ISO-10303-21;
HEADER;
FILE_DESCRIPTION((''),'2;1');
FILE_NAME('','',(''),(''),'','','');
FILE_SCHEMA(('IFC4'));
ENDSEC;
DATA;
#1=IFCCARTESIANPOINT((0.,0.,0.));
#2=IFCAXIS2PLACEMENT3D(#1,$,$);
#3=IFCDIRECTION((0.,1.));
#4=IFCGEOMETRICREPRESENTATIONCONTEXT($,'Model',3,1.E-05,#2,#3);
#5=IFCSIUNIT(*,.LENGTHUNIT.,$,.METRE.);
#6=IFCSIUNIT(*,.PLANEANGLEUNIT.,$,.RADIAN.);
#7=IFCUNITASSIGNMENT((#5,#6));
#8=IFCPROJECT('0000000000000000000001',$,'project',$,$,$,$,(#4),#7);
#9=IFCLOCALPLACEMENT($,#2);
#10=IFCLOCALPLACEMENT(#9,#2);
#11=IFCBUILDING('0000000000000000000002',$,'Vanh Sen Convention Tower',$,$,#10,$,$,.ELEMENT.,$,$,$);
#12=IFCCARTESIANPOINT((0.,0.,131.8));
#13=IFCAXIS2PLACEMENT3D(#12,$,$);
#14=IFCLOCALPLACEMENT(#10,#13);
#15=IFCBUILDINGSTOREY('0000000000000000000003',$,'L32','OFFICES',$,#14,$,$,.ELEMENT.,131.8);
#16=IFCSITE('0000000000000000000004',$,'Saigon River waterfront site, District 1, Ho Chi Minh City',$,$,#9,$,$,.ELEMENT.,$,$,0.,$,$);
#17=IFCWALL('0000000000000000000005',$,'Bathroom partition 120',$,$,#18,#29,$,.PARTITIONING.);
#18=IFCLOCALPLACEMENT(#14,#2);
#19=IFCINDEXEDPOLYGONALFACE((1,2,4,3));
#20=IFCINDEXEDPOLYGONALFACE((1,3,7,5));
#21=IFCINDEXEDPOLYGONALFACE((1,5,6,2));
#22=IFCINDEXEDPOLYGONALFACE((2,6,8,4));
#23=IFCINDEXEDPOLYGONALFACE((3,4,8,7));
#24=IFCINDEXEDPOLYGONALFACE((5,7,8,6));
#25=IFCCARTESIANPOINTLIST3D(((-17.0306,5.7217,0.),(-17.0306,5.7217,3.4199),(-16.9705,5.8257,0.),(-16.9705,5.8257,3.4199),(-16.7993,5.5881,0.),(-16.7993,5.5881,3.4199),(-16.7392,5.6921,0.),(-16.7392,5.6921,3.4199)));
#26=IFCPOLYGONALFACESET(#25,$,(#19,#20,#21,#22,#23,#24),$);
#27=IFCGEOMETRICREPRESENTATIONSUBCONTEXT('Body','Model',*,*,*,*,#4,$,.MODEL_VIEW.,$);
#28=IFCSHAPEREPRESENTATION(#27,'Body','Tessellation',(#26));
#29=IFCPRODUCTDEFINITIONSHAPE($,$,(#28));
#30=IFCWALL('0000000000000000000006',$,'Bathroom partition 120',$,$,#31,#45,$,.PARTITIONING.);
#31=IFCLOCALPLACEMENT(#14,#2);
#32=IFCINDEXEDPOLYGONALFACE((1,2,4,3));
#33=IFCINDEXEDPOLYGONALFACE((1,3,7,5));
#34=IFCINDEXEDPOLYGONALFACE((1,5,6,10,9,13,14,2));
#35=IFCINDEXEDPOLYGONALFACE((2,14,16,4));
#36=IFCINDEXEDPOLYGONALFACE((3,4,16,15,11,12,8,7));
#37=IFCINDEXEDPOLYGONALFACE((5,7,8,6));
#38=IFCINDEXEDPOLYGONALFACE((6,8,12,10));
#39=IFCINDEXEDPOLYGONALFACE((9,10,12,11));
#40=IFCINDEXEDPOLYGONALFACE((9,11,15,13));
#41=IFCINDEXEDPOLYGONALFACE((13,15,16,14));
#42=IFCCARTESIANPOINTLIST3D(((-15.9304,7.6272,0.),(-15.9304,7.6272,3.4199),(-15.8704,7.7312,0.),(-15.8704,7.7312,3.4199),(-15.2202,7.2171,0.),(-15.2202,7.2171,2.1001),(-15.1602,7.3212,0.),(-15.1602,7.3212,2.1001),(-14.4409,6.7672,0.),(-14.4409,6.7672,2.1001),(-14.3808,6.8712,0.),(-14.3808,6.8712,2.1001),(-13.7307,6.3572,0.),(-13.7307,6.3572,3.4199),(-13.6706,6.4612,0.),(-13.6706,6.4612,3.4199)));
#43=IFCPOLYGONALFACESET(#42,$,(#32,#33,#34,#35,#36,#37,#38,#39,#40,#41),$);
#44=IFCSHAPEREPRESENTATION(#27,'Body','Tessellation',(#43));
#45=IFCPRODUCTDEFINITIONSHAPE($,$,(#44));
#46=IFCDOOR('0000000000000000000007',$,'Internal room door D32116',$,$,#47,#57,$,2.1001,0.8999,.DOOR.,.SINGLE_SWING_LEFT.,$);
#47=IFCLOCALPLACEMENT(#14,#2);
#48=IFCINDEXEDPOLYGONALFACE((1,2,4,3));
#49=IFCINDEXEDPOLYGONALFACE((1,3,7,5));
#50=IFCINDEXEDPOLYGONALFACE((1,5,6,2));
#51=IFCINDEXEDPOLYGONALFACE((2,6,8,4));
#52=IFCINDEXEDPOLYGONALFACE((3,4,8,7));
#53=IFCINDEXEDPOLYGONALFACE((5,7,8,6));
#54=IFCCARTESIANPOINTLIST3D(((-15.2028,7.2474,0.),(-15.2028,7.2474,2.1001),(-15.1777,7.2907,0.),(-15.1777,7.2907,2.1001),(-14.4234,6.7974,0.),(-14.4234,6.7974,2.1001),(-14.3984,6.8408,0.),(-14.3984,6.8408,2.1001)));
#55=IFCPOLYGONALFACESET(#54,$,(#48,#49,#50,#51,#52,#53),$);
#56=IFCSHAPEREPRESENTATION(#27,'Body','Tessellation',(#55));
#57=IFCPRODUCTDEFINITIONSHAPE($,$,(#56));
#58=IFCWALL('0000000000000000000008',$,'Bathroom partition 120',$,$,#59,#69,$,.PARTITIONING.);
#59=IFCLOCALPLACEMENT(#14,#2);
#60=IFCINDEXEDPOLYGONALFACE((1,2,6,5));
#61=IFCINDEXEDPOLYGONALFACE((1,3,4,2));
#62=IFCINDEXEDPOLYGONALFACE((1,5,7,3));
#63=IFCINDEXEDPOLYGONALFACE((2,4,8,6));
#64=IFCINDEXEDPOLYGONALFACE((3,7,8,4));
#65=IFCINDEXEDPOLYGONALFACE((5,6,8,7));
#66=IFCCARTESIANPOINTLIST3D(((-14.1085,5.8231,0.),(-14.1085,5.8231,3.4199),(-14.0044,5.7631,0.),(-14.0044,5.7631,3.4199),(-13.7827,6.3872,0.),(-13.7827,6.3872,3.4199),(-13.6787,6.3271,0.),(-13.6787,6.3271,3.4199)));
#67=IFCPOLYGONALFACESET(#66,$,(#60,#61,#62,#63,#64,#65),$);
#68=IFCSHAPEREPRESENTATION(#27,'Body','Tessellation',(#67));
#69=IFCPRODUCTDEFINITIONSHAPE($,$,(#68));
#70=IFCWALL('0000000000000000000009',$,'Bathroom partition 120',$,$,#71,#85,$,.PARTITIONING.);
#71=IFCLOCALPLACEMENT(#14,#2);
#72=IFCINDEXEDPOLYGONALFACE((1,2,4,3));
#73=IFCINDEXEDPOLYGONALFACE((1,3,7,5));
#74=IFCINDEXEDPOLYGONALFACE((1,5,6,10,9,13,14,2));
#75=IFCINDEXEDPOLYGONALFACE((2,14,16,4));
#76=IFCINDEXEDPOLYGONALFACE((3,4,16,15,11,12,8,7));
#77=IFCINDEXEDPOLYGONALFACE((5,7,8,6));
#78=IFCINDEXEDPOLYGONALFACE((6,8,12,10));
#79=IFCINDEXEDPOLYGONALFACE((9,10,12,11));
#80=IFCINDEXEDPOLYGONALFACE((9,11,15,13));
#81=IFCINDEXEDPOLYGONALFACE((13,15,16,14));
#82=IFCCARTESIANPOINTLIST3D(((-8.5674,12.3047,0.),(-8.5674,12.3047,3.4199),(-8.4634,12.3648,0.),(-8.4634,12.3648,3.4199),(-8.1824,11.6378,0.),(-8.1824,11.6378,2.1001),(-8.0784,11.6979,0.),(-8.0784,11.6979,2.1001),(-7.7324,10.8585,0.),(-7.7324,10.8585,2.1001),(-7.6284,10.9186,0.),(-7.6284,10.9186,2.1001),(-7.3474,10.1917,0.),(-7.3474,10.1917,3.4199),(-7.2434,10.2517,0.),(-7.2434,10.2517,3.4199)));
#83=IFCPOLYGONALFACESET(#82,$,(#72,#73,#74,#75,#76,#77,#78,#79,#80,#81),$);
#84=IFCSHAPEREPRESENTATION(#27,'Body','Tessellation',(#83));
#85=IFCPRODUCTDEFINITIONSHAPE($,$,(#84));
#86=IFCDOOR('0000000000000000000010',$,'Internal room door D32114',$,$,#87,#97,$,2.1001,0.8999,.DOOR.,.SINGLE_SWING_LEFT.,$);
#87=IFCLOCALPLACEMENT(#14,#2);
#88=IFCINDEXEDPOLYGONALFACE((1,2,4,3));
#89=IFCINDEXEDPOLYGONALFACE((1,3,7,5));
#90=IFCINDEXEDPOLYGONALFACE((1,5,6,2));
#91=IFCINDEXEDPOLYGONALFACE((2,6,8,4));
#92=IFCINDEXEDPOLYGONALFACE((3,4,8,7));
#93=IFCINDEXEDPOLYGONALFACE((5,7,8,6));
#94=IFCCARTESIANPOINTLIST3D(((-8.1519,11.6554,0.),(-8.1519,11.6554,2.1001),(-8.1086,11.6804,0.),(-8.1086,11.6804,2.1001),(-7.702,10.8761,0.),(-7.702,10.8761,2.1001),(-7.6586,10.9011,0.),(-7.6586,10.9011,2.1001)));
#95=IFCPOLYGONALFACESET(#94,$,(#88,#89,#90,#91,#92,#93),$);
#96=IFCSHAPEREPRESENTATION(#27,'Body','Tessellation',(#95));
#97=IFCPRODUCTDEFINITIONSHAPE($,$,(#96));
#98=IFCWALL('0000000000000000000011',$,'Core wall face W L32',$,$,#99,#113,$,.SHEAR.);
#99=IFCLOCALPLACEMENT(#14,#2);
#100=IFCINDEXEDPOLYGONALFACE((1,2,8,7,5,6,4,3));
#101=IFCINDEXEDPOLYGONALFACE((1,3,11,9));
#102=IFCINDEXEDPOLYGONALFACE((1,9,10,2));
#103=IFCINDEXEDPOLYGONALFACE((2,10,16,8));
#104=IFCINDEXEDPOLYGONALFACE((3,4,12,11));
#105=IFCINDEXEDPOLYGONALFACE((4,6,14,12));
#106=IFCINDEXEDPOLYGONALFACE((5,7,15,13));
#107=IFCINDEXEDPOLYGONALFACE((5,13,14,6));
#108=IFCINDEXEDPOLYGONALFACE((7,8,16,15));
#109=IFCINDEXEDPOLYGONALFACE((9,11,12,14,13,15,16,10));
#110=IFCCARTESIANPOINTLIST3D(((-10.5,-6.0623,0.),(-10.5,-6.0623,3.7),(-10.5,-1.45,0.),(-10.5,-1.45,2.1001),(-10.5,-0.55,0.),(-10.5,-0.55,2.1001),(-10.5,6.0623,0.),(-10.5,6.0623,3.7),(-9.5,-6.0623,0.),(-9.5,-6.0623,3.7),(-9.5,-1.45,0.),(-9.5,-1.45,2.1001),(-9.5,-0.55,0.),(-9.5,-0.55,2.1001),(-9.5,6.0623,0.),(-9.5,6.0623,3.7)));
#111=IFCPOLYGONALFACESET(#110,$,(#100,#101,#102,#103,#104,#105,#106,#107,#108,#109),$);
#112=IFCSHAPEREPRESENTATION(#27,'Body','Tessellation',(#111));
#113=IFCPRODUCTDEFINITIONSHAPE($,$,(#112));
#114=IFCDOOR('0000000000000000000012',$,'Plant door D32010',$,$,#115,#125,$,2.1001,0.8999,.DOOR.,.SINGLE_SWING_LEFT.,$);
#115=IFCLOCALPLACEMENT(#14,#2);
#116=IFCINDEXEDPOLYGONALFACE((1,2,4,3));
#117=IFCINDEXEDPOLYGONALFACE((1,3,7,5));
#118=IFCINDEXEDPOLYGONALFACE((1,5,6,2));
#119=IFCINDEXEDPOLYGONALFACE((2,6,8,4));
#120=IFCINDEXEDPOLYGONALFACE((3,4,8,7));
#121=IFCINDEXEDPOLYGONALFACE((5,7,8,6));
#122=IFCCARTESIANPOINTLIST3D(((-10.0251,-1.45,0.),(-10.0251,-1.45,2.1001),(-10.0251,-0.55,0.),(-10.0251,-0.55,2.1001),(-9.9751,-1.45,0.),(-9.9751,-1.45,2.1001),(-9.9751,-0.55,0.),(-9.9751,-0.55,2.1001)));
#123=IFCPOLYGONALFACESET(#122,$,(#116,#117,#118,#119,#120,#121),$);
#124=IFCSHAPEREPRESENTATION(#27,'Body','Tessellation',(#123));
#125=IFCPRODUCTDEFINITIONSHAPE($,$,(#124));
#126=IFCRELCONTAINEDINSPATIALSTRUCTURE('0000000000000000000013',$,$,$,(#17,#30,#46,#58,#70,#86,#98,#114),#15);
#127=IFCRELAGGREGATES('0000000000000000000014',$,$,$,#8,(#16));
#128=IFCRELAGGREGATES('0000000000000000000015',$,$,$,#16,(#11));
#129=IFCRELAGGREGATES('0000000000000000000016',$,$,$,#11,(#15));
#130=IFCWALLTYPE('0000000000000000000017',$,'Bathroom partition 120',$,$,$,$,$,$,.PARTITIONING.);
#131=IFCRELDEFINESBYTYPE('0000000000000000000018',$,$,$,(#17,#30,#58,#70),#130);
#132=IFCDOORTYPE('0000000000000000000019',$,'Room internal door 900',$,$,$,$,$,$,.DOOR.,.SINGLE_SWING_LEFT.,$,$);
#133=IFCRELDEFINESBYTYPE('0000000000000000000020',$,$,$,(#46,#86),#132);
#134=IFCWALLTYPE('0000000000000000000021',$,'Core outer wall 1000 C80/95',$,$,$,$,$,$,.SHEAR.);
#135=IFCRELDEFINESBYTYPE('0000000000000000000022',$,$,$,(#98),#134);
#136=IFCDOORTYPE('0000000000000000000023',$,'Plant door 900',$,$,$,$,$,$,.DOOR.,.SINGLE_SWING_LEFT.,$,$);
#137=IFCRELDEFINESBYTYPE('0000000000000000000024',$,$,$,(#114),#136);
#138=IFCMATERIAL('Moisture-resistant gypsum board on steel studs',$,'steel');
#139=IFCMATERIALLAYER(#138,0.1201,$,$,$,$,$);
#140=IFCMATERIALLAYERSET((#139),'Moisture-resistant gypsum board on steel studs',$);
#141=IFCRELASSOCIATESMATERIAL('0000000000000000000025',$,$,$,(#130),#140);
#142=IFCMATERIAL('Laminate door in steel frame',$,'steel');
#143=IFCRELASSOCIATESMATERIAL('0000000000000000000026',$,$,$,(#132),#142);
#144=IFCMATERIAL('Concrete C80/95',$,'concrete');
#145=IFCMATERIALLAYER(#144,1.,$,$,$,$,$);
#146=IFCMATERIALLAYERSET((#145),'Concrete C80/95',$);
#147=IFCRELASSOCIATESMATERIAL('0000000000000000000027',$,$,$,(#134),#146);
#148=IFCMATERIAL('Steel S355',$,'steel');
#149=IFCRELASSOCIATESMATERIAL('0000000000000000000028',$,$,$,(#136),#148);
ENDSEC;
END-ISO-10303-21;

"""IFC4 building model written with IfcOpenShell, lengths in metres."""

from ifc_helpers import new_model, si_unit, direction, frame, frame_2d, origin, place, context, subcontext, project, spatial, rectangle, extrude, material, layer, layer_set, type_object, element, fill, save


model = new_model("IFC4")

# Units and contexts
model_context = context("Model", 3, precision=1e-05, world=origin(), true_north=direction((0.0, 1.0)))
body_context = subcontext(model_context, "Body", "Model", "MODEL_VIEW")
ifc_project = project(units=[si_unit("LENGTHUNIT", "METRE"), si_unit("PLANEANGLEUNIT", "RADIAN")], contexts=[model_context])

# Site, building, storey
site_placement = place(None, origin())
site = spatial("IfcSite", under=ifc_project, at=site_placement, Name="Saigon River waterfront site, District 1, Ho Chi Minh City", CompositionType="ELEMENT", RefElevation=0.0)
building_placement = place(site_placement, origin())
building = spatial("IfcBuilding", under=site, at=building_placement, Name="Vanh Sen Convention Tower", CompositionType="ELEMENT")
storey_placement = place(building_placement, frame((0.0, 0.0, 131.8)))
storey = spatial("IfcBuildingStorey", under=building, at=storey_placement, Name="L32", Description="OFFICES", CompositionType="ELEMENT", Elevation=131.8)

# Wall
ifc_material_1 = material(Name="Moisture-resistant gypsum board on steel studs", Category="steel")
ifc_layer_1 = layer(ifc_material_1, 0.1201)
ifc_layer_set_1 = layer_set([ifc_layer_1], Name="Moisture-resistant gypsum board on steel studs")
wall_type_1 = type_object("IfcWallType", Name="Bathroom partition 120", PredefinedType="PARTITIONING", material=ifc_layer_set_1)
wall_1_placement = place(storey_placement, frame((-16.7693, 5.6401, 0.0), z_axis=(0.0, 0.0, 1.0), x_axis=(-0.865927, 0.500171, 0.0)))
element("IfcWall", 1, at=wall_1_placement, inside=storey, type_object=wall_type_1, Name="Bathroom partition 120", PredefinedType="PARTITIONING", context=body_context, shape_type="SweptSolid", body=[
    extrude(rectangle(XDim=0.2671, YDim=0.1201, at=frame_2d((0.1335, 0.0))), origin(), (0.0, 0.0, 1.0), 3.4199),
])

# Wall, opening, door
wall_2_placement = place(storey_placement, frame((-15.9004, 7.6792, 0.0), z_axis=(0.0, 0.0, 1.0), x_axis=(0.866022, -0.500005, 0.0)))
wall_2 = element("IfcWall", 2, at=wall_2_placement, inside=storey, type_object=wall_type_1, Name="Bathroom partition 120", PredefinedType="PARTITIONING", context=body_context, shape_type="SweptSolid", body=[
    extrude(rectangle(XDim=2.54, YDim=0.1201, at=frame_2d((1.27, 0.0))), origin(), (0.0, 0.0, 1.0), 3.4199),
])
opening_1_placement = place(wall_2_placement, frame((0.8201, 0.0, 0.0)))
opening_1 = element("IfcOpeningElement", 3, at=opening_1_placement, cuts=wall_2, PredefinedType="OPENING", context=body_context, shape_type="SweptSolid", body=[
    extrude(rectangle(XDim=0.8999, YDim=2.1001, at=frame_2d((0.45, 1.05))), frame((0.0, 0.0701, 0.0), z_axis=(0.0, -1.0, 0.0), x_axis=(1.0, 0.0, 0.0)), (0.0, 0.0, 1.0), 0.1401),
])
ifc_material_2 = material(Name="Laminate door in steel frame", Category="steel")
door_type_1 = type_object("IfcDoorType", Name="Room internal door 900", OperationType="SINGLE_SWING_LEFT", PredefinedType="DOOR", material=ifc_material_2)
door_1_placement = place(opening_1_placement, origin())
door_1 = element("IfcDoor", 4, at=door_1_placement, inside=storey, type_object=door_type_1, Name="Internal room door D32116", OperationType="SINGLE_SWING_LEFT", OverallHeight=2.1001, OverallWidth=0.8999, PredefinedType="DOOR", context=body_context, shape_type="SweptSolid", body=[
    extrude(rectangle(XDim=0.8999, YDim=2.1001, at=frame_2d((0.45, 1.05))), frame((0.0, 0.0249, 0.0), z_axis=(0.0, -1.0, 0.0), x_axis=(1.0, 0.0, 0.0)), (0.0, 0.0, 1.0), 0.05),
])
fill(opening_1, door_1)

# Wall
wall_3_placement = place(storey_placement, frame((-13.7307, 6.3572, 0.0), z_axis=(0.0, 0.0, 1.0), x_axis=(-0.50009, -0.865973, 0.0)))
element("IfcWall", 5, at=wall_3_placement, inside=storey, type_object=wall_type_1, Name="Bathroom partition 120", PredefinedType="PARTITIONING", context=body_context, shape_type="SweptSolid", body=[
    extrude(rectangle(XDim=0.6514, YDim=0.1201, at=frame_2d((0.3257, 0.0))), origin(), (0.0, 0.0, 1.0), 3.4199),
])

# Walls, openings, doors
wall_4_placement = place(storey_placement, frame((-7.2954, 10.2217, 0.0), z_axis=(0.0, 0.0, 1.0), x_axis=(-0.500003, 0.866024, 0.0)))
wall_4 = element("IfcWall", 6, at=wall_4_placement, inside=storey, type_object=wall_type_1, Name="Bathroom partition 120", PredefinedType="PARTITIONING", context=body_context, shape_type="SweptSolid", body=[
    extrude(rectangle(XDim=2.4399, YDim=0.1201, at=frame_2d((1.22, 0.0))), origin(), (0.0, 0.0, 1.0), 3.4199),
])
opening_2_placement = place(wall_4_placement, frame((0.77, 0.0, 0.0)))
opening_2 = element("IfcOpeningElement", 7, at=opening_2_placement, cuts=wall_4, PredefinedType="OPENING", context=body_context, shape_type="SweptSolid", body=[
    extrude(rectangle(XDim=0.8999, YDim=2.1001, at=frame_2d((0.45, 1.05))), frame((0.0, 0.0701, 0.0), z_axis=(0.0, -1.0, 0.0), x_axis=(1.0, 0.0, 0.0)), (0.0, 0.0, 1.0), 0.1401),
])
door_2_placement = place(opening_2_placement, origin())
door_2 = element("IfcDoor", 8, at=door_2_placement, inside=storey, type_object=door_type_1, Name="Internal room door D32114", OperationType="SINGLE_SWING_LEFT", OverallHeight=2.1001, OverallWidth=0.8999, PredefinedType="DOOR", context=body_context, shape_type="SweptSolid", body=[
    extrude(rectangle(XDim=0.8999, YDim=2.1001, at=frame_2d((0.45, 1.05))), frame((0.0, 0.0249, 0.0), z_axis=(0.0, -1.0, 0.0), x_axis=(1.0, 0.0, 0.0)), (0.0, 0.0, 1.0), 0.05),
])
fill(opening_2, door_2)
ifc_material_3 = material(Name="Concrete C80/95", Category="concrete")
ifc_layer_2 = layer(ifc_material_3, 1.0)
ifc_layer_set_2 = layer_set([ifc_layer_2], Name="Concrete C80/95")
wall_type_2 = type_object("IfcWallType", Name="Core outer wall 1000 C80/95", PredefinedType="SHEAR", material=ifc_layer_set_2)
wall_5_placement = place(storey_placement, frame((-10.0, 6.0623, 0.0), z_axis=(0.0, 0.0, 1.0), x_axis=(0.0, -1.0, 0.0)))
wall_5 = element("IfcWall", 9, at=wall_5_placement, inside=storey, type_object=wall_type_2, Name="Core wall face W L32", PredefinedType="SHEAR", context=body_context, shape_type="SweptSolid", body=[
    extrude(rectangle(XDim=12.1245, YDim=1.0, at=frame_2d((6.0623, 0.0))), origin(), (0.0, 0.0, 1.0), 3.7),
])
opening_3_placement = place(wall_5_placement, frame((6.6123, 0.0, 0.0)))
opening_3 = element("IfcOpeningElement", 10, at=opening_3_placement, cuts=wall_5, PredefinedType="OPENING", context=body_context, shape_type="SweptSolid", body=[
    extrude(rectangle(XDim=0.8999, YDim=2.1001, at=frame_2d((0.45, 1.05))), frame((0.0, 0.51, 0.0), z_axis=(0.0, -1.0, 0.0), x_axis=(1.0, 0.0, 0.0)), (0.0, 0.0, 1.0), 1.02),
])
ifc_material_4 = material(Name="Steel S355", Category="steel")
door_type_2 = type_object("IfcDoorType", Name="Plant door 900", OperationType="SINGLE_SWING_LEFT", PredefinedType="DOOR", material=ifc_material_4)
door_3_placement = place(opening_3_placement, origin())
door_3 = element("IfcDoor", 11, at=door_3_placement, inside=storey, type_object=door_type_2, Name="Plant door D32010", OperationType="SINGLE_SWING_LEFT", OverallHeight=2.1001, OverallWidth=0.8999, PredefinedType="DOOR", context=body_context, shape_type="SweptSolid", body=[
    extrude(rectangle(XDim=0.8999, YDim=2.1001, at=frame_2d((0.45, 1.05))), frame((0.0, 0.0249, 0.0), z_axis=(0.0, -1.0, 0.0), x_axis=(1.0, 0.0, 0.0)), (0.0, 0.0, 1.0), 0.05),
])
fill(opening_3, door_3)

save(model, "model.ifc")
